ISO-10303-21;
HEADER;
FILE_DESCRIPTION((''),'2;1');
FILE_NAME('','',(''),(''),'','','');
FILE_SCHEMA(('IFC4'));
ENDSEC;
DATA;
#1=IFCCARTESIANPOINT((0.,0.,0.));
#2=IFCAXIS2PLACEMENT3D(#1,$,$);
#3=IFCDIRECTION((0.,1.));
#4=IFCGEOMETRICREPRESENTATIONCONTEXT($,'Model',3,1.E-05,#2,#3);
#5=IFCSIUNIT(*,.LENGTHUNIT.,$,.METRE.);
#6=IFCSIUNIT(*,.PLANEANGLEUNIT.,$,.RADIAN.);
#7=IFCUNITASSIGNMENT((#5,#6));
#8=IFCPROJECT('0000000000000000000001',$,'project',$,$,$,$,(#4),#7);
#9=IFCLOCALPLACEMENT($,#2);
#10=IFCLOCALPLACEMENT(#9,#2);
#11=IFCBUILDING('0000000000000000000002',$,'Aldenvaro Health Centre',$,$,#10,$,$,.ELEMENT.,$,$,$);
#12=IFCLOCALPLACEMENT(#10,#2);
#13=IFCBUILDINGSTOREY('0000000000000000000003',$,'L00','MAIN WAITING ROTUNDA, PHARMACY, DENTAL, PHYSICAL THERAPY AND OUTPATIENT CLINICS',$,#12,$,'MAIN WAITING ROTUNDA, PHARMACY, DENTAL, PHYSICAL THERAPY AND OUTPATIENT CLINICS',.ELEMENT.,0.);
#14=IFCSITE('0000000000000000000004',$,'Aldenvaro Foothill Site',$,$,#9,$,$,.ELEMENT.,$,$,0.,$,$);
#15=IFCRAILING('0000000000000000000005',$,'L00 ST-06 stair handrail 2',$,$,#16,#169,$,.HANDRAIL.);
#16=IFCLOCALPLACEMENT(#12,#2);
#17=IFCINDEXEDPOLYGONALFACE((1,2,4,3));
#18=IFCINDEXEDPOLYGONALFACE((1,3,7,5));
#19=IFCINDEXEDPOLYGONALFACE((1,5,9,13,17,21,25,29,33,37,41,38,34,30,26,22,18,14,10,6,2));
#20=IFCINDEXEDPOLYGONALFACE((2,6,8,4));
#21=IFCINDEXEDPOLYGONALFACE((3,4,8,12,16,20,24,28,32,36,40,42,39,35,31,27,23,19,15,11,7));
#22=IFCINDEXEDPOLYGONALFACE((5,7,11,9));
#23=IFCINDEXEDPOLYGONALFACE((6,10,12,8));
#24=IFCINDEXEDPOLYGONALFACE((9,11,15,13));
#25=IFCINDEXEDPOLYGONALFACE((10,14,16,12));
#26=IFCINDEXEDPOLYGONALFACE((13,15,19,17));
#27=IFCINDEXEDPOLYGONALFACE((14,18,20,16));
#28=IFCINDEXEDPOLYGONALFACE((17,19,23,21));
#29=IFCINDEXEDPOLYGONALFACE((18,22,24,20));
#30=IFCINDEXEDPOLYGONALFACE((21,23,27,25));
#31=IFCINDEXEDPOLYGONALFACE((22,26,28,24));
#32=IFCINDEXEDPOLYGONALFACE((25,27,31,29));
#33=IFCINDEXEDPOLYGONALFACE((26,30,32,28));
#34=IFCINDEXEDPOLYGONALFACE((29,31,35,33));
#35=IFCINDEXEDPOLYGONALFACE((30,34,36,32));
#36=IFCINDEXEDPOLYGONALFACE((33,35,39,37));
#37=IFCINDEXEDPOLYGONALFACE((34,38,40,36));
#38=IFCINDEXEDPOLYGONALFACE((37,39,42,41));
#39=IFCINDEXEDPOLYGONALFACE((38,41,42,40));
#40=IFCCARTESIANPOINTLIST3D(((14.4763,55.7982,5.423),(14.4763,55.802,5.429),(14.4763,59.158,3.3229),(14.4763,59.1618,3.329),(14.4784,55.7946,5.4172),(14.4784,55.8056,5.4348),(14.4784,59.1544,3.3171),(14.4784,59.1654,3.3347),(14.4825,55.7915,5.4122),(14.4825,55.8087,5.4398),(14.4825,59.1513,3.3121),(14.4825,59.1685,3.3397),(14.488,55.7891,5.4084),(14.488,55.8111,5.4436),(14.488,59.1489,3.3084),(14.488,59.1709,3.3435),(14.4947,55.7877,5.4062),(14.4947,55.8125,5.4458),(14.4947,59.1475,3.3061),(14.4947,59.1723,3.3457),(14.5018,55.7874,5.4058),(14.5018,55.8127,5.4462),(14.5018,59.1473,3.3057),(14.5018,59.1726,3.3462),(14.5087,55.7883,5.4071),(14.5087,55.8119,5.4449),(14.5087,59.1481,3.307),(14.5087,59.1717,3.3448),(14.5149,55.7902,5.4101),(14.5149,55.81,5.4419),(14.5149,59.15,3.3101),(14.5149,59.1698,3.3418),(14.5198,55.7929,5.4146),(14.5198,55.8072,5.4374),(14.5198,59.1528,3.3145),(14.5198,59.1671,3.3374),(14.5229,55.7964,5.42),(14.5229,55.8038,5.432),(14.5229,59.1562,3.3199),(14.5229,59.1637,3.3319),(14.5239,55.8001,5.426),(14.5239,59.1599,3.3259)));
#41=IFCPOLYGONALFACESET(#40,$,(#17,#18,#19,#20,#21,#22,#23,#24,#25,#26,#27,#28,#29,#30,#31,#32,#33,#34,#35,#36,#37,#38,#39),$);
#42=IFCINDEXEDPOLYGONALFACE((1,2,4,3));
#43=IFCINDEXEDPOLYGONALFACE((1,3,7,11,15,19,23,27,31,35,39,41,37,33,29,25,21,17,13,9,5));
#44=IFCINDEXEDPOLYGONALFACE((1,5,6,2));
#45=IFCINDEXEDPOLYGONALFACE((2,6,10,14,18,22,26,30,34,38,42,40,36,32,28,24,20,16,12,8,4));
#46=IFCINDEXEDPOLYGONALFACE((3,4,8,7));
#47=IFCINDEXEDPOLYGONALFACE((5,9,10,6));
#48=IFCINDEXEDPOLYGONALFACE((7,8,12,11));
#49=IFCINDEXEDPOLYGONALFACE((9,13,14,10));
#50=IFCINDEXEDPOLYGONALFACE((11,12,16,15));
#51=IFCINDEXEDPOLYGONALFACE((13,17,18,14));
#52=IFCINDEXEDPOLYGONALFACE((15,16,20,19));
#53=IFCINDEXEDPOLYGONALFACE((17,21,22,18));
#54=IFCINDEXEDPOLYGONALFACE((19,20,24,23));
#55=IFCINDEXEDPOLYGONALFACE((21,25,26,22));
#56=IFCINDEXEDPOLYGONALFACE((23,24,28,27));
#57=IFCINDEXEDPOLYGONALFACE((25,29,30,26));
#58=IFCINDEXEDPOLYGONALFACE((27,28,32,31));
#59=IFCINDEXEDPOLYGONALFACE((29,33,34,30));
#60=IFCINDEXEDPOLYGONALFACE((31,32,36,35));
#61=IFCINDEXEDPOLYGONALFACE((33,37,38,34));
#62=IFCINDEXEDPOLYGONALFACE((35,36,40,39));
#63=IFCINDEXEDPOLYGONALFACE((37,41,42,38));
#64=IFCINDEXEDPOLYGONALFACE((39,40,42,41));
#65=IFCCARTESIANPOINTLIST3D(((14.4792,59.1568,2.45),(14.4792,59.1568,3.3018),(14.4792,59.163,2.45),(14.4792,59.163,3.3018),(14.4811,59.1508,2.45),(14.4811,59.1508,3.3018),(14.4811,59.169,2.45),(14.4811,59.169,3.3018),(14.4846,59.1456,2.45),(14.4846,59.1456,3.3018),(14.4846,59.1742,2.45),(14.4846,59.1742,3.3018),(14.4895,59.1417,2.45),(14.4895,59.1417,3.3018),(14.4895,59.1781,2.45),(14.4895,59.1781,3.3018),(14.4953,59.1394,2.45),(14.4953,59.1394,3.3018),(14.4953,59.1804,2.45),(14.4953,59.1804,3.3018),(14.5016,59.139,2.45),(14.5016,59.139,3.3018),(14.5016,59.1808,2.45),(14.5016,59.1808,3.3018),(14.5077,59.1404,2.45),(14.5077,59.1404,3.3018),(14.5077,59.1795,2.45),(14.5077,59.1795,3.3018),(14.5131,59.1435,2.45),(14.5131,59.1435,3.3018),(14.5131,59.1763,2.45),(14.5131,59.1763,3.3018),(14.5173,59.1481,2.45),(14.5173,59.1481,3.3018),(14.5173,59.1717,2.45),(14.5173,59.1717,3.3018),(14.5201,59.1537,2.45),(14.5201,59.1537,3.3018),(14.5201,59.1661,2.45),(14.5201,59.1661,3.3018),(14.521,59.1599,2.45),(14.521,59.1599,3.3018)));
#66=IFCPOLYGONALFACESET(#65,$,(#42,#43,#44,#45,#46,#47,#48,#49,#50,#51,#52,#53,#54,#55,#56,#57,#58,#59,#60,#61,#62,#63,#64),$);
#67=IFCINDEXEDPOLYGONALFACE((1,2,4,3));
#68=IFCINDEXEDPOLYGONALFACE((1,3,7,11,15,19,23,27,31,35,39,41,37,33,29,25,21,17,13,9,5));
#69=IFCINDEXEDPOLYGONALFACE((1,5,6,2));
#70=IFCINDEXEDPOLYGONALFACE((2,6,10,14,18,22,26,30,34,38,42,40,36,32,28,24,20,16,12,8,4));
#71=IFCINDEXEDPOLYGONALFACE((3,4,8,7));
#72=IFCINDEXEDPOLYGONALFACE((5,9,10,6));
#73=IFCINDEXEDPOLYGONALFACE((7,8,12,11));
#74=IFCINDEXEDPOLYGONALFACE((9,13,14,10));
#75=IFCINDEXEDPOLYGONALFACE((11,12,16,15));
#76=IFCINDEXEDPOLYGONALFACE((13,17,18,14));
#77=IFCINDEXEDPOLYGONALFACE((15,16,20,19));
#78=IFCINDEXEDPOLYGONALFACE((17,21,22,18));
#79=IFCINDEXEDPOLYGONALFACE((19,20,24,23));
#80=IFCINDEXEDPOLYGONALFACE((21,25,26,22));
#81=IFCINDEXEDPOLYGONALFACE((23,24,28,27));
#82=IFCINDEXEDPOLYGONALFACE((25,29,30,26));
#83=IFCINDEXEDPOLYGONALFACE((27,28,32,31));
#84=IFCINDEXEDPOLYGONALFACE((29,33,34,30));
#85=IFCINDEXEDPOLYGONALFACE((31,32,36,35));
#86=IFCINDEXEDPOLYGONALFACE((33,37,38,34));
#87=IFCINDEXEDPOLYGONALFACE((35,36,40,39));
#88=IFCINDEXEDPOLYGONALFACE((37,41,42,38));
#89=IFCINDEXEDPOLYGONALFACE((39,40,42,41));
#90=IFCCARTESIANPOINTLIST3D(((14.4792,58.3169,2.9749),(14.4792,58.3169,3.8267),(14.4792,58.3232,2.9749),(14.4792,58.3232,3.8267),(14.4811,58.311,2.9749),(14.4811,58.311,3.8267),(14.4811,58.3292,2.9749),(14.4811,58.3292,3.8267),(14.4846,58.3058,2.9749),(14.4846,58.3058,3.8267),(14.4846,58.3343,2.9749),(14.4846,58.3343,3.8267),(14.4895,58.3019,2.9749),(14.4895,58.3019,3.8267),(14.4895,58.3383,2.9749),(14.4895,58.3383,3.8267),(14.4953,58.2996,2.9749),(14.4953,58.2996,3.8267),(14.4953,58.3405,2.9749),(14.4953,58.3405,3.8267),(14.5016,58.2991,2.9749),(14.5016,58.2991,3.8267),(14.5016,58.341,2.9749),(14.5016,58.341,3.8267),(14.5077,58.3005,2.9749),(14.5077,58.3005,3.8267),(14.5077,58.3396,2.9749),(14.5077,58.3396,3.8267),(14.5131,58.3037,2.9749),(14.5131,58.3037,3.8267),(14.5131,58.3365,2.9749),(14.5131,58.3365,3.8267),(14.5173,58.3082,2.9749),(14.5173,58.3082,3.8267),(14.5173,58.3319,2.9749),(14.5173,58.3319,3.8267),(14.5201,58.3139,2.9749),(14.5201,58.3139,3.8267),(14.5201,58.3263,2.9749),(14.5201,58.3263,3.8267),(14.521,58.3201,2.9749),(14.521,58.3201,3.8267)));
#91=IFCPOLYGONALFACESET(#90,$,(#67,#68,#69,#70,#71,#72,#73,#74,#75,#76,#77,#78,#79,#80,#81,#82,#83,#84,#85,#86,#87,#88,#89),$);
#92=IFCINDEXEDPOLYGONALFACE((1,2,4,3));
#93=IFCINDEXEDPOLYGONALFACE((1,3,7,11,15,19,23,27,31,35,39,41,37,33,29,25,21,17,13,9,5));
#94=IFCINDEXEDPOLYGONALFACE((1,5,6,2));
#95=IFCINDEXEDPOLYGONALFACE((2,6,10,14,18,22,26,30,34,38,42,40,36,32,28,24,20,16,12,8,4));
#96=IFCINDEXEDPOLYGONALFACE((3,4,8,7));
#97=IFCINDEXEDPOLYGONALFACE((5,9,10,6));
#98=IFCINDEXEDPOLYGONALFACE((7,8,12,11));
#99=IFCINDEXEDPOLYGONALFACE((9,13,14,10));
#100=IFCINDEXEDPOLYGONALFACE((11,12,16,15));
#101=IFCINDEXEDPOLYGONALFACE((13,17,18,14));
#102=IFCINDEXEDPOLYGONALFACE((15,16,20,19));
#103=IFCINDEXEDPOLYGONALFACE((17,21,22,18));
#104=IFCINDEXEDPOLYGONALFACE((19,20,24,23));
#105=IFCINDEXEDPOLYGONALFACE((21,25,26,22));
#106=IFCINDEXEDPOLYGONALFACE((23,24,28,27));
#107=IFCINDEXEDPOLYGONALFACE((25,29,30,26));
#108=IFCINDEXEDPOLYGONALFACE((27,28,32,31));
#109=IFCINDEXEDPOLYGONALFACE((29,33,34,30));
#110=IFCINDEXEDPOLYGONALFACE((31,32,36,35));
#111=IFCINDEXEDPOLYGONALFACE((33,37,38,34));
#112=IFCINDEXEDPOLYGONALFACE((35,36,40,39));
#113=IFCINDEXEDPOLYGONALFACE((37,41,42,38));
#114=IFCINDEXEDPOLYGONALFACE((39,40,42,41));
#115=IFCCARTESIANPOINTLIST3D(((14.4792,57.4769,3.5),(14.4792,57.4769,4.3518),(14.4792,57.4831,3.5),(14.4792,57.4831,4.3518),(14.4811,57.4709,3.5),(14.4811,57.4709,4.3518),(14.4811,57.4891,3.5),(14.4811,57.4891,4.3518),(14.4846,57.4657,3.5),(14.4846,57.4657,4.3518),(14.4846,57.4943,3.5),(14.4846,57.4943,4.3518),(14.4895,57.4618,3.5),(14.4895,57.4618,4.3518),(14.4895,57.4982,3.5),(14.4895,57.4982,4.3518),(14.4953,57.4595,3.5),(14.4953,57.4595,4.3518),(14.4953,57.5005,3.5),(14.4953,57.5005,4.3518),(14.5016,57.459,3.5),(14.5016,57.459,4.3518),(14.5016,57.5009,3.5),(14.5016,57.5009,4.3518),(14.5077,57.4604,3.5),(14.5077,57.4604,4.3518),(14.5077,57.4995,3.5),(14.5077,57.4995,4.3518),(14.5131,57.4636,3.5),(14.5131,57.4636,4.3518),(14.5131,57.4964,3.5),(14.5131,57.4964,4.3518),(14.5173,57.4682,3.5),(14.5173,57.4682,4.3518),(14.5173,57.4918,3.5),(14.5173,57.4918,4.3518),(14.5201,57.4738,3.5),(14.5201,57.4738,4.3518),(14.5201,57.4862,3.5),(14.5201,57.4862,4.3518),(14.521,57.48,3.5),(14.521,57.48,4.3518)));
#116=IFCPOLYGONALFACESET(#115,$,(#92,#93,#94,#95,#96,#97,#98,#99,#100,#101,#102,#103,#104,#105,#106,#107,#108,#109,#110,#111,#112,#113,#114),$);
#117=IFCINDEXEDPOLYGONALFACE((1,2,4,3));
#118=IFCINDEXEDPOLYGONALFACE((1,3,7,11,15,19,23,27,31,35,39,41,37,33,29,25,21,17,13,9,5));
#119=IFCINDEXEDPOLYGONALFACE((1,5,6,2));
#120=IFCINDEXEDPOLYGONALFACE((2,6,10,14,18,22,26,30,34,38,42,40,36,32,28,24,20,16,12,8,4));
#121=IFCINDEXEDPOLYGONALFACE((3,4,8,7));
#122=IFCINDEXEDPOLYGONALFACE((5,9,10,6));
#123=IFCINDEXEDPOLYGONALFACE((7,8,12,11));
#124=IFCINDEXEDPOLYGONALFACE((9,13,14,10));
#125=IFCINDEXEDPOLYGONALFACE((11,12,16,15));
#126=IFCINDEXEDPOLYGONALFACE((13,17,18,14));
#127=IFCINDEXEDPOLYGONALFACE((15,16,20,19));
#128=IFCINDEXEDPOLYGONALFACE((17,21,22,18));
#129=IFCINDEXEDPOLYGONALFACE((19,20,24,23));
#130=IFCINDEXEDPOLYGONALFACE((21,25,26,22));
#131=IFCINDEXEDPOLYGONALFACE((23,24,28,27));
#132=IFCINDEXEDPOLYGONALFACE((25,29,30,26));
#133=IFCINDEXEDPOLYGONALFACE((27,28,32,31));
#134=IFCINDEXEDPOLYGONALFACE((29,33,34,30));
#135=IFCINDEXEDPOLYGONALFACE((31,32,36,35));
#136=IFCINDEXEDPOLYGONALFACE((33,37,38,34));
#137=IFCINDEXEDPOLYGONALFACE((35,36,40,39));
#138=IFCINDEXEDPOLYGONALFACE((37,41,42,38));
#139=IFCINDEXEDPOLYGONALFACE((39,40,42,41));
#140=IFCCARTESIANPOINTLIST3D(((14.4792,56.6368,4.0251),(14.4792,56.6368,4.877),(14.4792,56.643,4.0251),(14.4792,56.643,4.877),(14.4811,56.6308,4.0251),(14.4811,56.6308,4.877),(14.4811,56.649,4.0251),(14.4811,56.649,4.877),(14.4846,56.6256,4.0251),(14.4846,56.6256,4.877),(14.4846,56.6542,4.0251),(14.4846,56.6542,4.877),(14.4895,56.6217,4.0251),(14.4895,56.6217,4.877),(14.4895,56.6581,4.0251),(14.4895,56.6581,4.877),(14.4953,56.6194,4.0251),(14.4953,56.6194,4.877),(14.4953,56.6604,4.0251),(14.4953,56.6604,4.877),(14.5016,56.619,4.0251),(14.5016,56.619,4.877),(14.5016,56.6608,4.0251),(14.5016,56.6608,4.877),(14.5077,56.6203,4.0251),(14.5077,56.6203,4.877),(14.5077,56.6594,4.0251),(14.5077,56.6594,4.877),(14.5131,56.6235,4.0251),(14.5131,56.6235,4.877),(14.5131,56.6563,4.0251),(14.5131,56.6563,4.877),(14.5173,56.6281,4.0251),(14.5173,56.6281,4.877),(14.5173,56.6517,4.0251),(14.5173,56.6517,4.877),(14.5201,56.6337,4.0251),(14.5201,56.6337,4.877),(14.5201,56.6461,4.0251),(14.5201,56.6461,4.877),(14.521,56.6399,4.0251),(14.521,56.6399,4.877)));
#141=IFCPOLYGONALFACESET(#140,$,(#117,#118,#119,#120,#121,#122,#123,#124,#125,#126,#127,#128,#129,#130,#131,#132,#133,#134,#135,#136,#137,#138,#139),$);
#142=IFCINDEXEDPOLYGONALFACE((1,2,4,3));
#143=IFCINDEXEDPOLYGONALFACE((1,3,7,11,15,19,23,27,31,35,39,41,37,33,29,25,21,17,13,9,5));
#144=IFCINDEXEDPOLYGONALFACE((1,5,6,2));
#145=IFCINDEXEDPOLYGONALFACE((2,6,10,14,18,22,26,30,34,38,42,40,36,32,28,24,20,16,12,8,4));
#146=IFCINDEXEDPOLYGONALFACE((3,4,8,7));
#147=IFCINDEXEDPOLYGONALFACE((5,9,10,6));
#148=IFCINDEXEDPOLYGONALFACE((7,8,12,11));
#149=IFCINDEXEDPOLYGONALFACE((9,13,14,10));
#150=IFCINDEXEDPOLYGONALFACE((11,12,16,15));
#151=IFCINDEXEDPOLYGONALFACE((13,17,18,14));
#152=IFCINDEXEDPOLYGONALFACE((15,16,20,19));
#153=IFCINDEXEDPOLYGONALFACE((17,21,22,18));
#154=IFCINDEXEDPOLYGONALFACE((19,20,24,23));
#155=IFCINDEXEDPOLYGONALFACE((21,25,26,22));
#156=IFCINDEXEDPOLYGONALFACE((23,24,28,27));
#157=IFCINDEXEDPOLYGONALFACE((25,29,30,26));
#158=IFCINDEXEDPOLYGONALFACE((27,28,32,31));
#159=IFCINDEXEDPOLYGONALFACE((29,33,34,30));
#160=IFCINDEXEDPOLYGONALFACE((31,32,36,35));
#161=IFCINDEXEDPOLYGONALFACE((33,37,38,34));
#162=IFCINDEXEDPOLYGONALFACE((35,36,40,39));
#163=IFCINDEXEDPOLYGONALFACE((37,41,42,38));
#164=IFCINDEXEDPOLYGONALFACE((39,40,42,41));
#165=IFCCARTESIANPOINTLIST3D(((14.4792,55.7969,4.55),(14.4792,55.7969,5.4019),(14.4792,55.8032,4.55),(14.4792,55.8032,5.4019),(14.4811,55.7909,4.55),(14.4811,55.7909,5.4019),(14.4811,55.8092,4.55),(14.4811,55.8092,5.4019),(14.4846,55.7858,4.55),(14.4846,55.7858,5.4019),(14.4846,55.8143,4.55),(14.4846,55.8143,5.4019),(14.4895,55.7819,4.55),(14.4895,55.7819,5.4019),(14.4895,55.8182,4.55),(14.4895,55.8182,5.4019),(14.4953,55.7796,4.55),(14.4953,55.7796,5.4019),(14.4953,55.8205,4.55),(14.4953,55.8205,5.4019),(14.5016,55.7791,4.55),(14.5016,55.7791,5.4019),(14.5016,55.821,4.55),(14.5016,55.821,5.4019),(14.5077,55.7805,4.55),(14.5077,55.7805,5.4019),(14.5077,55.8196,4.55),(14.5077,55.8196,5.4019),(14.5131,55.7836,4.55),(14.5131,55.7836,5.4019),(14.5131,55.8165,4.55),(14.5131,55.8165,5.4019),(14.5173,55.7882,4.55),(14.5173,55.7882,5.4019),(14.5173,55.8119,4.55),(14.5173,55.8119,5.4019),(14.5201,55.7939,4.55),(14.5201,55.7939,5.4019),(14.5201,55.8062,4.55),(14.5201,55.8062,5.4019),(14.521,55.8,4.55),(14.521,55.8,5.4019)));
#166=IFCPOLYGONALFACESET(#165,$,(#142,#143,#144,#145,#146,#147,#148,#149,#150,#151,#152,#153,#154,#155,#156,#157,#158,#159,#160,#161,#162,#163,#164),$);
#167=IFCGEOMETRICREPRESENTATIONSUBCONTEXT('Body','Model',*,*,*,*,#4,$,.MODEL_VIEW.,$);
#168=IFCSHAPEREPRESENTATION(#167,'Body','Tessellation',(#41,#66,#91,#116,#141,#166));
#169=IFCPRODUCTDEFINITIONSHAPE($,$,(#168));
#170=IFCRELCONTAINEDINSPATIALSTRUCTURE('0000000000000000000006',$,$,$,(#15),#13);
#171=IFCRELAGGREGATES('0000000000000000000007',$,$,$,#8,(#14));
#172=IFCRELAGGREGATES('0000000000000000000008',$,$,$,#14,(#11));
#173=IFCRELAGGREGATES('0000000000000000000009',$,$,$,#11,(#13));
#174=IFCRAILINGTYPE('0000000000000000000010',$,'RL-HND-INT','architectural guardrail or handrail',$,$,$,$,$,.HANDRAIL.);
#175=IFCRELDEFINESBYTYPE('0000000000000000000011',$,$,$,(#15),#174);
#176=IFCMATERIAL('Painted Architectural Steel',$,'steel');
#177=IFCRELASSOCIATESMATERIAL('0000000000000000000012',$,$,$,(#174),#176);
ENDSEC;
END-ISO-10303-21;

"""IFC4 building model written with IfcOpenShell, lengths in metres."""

from ifc_helpers import new_model, si_unit, direction, frame, origin, origin_2d, place, context, subcontext, project, spatial, circle, extrude, material, type_object, element, save


model = new_model("IFC4")

# Units and contexts
model_context = context("Model", 3, precision=1e-05, world=origin(), true_north=direction((0.0, 1.0)))
body_context = subcontext(model_context, "Body", "Model", "MODEL_VIEW")
ifc_project = project(units=[si_unit("LENGTHUNIT", "METRE"), si_unit("PLANEANGLEUNIT", "RADIAN")], contexts=[model_context])

# Site, building, storey
site_placement = place(None, origin())
site = spatial("IfcSite", under=ifc_project, at=site_placement, Name="Aldenvaro Foothill Site", CompositionType="ELEMENT", RefElevation=0.0)
building_placement = place(site_placement, origin())
building = spatial("IfcBuilding", under=site, at=building_placement, Name="Aldenvaro Health Centre", CompositionType="ELEMENT")
storey_placement = place(building_placement, origin())
storey = spatial("IfcBuildingStorey", under=building, at=storey_placement, Name="L00", Description="MAIN WAITING ROTUNDA, PHARMACY, DENTAL, PHYSICAL THERAPY AND OUTPATIENT CLINICS", LongName="MAIN WAITING ROTUNDA, PHARMACY, DENTAL, PHYSICAL THERAPY AND OUTPATIENT CLINICS", CompositionType="ELEMENT", Elevation=0.0)

# Railing
ifc_material_1 = material(Name="Painted Architectural Steel", Category="steel")
railing_type_1 = type_object("IfcRailingType", Name="RL-HND-INT", Description="architectural guardrail or handrail", PredefinedType="HANDRAIL", material=ifc_material_1)
railing_1_placement = place(storey_placement, frame((14.5, 59.1599, 2.45)))
element("IfcRailing", 1, at=railing_1_placement, inside=storey, type_object=railing_type_1, Name="L00 ST-06 stair handrail 2", PredefinedType="HANDRAIL", context=body_context, shape_type="SweptSolid", body=[
    extrude(circle(Radius=0.0239, at=origin_2d()), frame((0.0, 0.0, 0.876), z_axis=(0.0, -0.847978, 0.530032), x_axis=(1.0, 0.0, 0.0)), (0.0, 0.0, 1.0), 3.9622),
    extrude(circle(Radius=0.021, at=origin_2d()), origin(), (0.0, 0.0, 1.0), 0.8518),
    extrude(circle(Radius=0.021, at=origin_2d()), frame((0.0, -0.8398, 0.5249)), (0.0, 0.0, 1.0), 0.8518),
    extrude(circle(Radius=0.021, at=origin_2d()), frame((0.0, -1.6799, 1.05)), (0.0, 0.0, 1.0), 0.8518),
    extrude(circle(Radius=0.021, at=origin_2d()), frame((0.0, -2.52, 1.5752)), (0.0, 0.0, 1.0), 0.8518),
    extrude(circle(Radius=0.021, at=origin_2d()), frame((0.0, -3.3599, 2.1001)), (0.0, 0.0, 1.0), 0.8518),
])

save(model, "model.ifc")
